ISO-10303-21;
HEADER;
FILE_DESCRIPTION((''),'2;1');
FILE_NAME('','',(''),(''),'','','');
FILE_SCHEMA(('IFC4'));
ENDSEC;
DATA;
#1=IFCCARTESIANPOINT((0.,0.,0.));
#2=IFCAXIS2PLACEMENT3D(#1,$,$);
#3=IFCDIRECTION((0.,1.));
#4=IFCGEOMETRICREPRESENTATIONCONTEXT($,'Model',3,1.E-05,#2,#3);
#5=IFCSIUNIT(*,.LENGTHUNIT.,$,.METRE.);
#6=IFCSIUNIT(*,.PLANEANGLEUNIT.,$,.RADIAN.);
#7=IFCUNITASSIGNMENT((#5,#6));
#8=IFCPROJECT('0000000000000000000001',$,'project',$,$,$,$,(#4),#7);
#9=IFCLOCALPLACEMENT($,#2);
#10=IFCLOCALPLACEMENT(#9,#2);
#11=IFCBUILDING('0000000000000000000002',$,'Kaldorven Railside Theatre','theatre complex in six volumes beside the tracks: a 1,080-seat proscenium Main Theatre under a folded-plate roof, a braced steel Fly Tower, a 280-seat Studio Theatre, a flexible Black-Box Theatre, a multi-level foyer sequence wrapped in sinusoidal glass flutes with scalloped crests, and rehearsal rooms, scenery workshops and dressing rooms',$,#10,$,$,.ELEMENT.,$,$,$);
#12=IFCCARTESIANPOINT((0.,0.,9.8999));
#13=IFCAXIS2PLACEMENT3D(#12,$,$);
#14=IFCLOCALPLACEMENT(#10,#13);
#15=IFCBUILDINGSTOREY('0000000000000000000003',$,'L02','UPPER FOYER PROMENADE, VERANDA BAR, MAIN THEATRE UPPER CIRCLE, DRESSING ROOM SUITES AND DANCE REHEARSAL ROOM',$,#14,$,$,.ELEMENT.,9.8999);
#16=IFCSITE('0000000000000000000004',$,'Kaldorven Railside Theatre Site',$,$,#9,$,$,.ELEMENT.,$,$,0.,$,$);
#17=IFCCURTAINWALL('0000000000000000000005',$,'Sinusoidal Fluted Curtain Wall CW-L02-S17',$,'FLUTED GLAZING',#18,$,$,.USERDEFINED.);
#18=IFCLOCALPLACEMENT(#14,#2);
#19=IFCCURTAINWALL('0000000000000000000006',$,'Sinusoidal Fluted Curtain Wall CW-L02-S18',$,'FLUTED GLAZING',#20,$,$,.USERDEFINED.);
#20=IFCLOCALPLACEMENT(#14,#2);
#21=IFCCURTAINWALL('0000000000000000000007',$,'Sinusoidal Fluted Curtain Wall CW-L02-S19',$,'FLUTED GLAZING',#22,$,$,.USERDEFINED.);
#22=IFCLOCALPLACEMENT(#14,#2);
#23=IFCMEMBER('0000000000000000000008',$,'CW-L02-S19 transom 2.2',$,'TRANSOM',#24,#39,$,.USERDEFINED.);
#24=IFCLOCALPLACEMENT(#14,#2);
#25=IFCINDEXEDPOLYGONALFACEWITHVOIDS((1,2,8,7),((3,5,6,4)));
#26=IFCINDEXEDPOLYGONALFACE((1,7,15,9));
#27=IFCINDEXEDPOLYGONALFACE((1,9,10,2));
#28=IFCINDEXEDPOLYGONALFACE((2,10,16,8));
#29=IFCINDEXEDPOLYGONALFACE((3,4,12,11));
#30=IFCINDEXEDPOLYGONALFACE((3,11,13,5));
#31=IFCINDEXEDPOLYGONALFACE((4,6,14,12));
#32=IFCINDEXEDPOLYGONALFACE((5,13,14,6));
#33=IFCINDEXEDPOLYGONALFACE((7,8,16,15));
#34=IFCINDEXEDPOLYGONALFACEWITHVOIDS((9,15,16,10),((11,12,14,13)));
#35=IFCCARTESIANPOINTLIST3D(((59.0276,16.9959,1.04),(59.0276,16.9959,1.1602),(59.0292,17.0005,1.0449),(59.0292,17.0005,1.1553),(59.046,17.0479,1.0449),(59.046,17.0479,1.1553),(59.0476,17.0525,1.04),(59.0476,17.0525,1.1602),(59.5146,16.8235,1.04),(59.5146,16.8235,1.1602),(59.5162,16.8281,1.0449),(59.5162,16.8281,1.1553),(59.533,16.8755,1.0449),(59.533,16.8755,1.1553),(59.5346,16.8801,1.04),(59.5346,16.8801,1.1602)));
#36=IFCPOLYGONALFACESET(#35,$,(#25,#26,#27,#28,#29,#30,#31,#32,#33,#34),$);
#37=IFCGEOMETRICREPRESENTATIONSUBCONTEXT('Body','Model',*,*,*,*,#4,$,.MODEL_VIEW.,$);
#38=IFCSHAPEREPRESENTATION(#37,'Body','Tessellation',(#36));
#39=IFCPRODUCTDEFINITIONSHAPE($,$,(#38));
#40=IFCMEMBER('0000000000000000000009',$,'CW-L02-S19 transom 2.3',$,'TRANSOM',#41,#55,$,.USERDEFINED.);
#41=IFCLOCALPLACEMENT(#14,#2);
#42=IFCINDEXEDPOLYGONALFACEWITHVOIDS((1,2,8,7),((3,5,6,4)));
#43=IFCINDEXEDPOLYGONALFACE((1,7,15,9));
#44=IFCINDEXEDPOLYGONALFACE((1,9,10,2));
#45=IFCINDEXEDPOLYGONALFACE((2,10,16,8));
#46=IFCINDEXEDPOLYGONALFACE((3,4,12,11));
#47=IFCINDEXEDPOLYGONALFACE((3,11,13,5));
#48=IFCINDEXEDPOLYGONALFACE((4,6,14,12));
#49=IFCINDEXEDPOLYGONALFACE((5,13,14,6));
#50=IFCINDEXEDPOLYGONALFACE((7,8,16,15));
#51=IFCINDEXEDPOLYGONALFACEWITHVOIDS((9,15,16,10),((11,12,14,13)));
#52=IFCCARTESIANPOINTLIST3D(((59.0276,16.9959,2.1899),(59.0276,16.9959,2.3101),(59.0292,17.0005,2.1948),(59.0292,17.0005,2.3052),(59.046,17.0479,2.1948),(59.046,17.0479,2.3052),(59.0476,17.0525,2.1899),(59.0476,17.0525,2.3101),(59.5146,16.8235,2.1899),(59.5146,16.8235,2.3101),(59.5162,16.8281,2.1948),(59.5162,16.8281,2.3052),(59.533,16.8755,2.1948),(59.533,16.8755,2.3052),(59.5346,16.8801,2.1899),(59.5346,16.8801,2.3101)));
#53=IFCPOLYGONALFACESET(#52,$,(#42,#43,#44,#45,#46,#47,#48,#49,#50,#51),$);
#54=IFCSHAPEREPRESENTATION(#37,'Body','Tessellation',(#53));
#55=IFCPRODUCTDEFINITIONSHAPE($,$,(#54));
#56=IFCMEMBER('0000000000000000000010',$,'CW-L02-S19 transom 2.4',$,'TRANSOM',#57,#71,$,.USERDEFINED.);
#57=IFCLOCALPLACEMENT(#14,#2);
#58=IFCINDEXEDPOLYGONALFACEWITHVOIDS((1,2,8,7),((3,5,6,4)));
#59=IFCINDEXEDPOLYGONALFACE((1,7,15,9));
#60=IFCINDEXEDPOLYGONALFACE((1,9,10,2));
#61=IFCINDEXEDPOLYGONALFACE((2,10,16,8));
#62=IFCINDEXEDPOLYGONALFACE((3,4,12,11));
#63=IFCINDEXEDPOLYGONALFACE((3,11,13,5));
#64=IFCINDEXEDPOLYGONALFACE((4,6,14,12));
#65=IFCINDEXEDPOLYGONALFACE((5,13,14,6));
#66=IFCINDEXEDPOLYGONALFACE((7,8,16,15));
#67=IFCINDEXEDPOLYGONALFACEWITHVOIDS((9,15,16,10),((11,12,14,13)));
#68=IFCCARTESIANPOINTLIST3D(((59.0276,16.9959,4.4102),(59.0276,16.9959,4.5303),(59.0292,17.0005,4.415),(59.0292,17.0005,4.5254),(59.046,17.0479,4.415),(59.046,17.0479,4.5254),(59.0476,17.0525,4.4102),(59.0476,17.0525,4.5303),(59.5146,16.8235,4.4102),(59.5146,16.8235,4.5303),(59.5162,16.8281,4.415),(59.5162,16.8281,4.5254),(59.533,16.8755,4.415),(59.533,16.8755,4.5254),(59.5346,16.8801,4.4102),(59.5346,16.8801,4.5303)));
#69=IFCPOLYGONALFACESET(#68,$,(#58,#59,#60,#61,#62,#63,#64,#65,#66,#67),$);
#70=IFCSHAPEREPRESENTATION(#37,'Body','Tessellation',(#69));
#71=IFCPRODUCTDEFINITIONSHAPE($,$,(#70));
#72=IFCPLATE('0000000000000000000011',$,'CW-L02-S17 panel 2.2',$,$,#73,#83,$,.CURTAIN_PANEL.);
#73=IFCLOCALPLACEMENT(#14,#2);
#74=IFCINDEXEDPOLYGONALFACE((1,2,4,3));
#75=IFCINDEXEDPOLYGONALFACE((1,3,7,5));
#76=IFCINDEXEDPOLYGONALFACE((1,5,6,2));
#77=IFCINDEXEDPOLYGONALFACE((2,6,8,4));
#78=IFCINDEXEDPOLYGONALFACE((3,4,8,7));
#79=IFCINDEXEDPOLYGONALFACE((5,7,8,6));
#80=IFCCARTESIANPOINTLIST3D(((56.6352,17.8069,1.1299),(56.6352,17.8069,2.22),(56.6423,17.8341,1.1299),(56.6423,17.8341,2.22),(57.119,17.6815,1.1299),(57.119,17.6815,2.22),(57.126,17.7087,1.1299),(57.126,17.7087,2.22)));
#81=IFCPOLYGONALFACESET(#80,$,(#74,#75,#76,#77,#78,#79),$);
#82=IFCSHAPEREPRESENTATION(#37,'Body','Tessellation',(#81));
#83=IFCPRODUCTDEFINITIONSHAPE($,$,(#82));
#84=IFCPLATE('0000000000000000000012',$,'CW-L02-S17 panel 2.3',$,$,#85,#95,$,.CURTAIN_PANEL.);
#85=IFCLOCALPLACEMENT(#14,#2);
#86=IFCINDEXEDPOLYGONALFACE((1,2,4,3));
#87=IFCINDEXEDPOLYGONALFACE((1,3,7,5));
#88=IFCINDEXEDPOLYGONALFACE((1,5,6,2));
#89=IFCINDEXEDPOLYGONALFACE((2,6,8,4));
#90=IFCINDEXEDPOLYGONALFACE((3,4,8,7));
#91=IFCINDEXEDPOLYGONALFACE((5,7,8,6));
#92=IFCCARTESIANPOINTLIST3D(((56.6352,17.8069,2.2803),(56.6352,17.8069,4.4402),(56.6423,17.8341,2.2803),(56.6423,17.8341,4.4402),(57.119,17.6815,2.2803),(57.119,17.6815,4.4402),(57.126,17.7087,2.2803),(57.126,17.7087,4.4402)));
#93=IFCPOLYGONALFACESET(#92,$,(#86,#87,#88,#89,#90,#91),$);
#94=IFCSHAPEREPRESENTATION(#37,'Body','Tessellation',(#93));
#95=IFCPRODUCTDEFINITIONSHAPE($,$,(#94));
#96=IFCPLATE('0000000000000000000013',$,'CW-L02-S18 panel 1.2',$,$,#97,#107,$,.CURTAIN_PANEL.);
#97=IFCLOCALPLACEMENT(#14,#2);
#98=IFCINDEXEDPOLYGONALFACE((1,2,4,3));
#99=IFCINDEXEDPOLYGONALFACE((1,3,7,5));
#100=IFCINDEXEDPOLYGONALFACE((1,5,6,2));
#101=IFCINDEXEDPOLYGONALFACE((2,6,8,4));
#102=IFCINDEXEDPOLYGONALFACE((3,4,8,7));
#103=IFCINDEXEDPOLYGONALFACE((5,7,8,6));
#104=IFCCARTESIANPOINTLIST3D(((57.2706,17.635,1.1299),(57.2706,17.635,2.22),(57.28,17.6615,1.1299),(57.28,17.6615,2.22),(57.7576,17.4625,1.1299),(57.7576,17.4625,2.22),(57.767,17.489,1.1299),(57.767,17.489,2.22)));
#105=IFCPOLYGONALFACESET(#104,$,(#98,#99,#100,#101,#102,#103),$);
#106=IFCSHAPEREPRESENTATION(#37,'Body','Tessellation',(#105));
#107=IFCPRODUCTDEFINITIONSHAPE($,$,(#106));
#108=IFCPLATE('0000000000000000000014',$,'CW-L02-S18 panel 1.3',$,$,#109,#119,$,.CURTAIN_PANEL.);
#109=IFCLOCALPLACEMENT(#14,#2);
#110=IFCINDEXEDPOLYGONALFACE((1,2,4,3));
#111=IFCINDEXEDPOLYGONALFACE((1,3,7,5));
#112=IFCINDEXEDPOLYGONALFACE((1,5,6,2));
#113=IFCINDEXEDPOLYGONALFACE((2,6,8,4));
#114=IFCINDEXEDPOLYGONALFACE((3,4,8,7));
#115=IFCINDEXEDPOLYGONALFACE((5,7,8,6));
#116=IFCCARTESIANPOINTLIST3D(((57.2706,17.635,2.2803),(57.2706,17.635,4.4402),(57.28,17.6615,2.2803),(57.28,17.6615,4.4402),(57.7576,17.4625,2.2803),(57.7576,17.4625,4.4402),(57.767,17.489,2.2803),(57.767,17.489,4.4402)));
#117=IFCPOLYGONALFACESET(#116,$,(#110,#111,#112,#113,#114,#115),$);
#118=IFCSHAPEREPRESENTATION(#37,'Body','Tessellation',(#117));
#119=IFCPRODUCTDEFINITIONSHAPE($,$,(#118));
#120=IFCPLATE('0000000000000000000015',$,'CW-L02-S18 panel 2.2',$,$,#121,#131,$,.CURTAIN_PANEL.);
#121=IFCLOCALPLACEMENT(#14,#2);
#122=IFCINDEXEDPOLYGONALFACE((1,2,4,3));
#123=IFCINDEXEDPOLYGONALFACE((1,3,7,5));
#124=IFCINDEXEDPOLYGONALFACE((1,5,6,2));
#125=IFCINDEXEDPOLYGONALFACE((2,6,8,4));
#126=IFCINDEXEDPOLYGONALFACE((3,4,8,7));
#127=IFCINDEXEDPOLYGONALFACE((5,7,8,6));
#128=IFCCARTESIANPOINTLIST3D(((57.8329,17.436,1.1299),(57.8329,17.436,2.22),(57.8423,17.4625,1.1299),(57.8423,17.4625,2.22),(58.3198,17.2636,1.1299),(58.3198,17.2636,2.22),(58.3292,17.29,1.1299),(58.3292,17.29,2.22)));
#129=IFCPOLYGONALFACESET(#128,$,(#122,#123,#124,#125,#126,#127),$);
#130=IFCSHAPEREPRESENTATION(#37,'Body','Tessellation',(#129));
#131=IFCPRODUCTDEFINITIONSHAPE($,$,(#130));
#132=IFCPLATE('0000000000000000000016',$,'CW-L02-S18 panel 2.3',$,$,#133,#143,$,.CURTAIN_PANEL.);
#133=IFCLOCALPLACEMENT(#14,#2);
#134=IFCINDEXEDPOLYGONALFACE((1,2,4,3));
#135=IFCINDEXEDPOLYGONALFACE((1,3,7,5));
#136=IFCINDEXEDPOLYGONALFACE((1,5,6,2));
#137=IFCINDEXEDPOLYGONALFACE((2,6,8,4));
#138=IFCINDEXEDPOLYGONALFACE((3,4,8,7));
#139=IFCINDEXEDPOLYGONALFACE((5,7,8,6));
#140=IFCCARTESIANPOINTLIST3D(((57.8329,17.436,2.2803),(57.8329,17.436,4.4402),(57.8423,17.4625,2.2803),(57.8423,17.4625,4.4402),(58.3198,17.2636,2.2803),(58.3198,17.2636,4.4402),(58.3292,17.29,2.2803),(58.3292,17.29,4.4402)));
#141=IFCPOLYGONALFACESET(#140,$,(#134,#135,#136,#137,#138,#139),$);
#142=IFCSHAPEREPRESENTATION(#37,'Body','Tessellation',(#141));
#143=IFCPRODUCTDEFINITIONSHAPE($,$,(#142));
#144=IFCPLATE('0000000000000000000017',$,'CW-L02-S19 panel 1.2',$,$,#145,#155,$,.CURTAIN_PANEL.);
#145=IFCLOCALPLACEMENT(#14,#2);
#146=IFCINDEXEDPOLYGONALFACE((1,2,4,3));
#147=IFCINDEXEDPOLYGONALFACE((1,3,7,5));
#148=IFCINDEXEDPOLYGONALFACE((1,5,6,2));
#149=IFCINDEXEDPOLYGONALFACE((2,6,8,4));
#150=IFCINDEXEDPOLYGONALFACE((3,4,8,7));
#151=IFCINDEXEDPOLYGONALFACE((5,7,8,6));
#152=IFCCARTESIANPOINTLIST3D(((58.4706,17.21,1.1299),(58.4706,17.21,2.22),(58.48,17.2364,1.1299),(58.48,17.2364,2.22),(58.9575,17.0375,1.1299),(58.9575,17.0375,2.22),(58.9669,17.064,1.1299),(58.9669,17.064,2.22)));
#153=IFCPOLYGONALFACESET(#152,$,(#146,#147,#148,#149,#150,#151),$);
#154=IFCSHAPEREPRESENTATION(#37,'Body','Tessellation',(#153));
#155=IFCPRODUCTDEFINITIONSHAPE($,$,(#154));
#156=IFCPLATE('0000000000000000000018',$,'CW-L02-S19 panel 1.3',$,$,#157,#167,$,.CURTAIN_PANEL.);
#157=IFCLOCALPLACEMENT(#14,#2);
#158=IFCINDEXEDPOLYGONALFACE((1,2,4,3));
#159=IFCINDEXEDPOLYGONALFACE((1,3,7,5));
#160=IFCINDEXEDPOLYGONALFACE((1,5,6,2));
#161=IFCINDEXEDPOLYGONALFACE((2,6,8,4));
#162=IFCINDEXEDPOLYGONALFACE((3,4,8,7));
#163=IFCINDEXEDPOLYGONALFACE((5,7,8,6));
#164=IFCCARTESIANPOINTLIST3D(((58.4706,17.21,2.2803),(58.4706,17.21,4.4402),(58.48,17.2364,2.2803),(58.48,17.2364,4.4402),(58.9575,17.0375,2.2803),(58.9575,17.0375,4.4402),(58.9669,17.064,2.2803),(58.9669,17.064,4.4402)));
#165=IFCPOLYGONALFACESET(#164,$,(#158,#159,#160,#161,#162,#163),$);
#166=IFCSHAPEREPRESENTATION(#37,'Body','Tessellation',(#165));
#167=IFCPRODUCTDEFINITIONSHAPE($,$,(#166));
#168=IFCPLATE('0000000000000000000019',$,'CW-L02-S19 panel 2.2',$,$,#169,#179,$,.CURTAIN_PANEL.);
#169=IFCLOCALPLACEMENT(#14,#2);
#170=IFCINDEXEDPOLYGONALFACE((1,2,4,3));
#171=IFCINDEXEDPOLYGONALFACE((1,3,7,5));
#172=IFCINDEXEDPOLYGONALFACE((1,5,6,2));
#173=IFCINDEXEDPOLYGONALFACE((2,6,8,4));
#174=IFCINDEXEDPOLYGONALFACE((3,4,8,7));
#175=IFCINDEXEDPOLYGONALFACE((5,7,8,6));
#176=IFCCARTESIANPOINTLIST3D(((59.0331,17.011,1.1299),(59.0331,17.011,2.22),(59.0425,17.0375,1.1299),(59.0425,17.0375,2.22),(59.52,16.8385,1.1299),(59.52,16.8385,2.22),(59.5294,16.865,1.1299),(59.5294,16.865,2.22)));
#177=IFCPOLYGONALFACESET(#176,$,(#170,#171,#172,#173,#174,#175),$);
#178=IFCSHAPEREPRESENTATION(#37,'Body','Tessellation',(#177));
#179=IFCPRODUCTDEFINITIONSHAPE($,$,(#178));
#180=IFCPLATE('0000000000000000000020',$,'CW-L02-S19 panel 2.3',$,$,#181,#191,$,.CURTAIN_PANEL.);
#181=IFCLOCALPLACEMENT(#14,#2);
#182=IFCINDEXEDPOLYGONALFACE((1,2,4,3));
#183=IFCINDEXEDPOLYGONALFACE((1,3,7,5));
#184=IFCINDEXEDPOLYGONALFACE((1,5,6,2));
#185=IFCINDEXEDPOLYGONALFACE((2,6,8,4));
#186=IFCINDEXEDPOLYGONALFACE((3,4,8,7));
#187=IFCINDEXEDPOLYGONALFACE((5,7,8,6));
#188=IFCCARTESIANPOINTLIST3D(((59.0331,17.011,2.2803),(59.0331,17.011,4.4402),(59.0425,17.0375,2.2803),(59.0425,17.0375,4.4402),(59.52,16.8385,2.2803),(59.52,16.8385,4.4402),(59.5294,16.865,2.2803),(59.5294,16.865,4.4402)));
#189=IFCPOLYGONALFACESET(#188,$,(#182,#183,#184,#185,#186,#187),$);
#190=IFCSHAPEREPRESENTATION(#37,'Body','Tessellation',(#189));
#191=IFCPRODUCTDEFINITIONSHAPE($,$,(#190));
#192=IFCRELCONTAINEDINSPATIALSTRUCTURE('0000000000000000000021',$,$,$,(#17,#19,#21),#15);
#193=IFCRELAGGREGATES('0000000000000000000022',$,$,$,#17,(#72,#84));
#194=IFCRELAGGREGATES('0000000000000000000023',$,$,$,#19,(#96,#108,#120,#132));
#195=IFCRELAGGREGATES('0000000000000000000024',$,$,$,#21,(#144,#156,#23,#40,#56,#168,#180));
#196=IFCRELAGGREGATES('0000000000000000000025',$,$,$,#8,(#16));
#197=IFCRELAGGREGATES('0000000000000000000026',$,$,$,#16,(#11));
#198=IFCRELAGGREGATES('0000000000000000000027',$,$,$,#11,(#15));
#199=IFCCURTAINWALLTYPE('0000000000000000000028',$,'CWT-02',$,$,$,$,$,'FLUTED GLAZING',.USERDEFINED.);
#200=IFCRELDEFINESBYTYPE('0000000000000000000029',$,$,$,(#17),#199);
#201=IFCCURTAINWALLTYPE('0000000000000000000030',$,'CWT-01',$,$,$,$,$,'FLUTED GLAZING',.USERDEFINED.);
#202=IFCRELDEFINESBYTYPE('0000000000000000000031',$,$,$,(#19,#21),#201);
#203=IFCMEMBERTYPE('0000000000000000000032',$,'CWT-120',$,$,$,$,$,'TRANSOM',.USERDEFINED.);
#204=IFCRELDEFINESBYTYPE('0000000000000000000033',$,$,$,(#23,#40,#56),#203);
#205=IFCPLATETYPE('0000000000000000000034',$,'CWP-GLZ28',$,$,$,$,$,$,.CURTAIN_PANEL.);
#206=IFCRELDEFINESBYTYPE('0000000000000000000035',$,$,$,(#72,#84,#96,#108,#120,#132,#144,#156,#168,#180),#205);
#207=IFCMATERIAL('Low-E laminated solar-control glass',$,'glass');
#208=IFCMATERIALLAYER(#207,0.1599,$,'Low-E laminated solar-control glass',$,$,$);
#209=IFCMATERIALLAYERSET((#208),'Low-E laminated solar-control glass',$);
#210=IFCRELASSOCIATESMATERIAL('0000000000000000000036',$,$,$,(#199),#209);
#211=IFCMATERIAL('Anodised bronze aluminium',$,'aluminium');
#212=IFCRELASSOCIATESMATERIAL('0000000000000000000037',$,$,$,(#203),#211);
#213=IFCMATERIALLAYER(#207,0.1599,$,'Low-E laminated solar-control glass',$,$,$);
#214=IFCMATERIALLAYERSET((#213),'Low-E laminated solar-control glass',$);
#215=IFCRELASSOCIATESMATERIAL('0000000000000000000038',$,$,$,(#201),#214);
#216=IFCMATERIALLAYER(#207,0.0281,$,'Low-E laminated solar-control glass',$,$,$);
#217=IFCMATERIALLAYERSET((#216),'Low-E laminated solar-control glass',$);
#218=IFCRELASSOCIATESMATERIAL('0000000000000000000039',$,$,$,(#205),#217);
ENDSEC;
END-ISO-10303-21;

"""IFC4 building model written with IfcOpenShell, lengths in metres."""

from ifc_helpers import new_model, si_unit, direction, frame, origin, origin_2d, place, context, subcontext, project, spatial, rectangle, hollow_rectangle, extrude, material, layer, layer_set, material_profile, profile_set, type_object, element, aggregate, save


model = new_model("IFC4")

# Units and contexts
model_context = context("Model", 3, precision=1e-05, world=origin(), true_north=direction((0.0, 1.0)))
body_context = subcontext(model_context, "Body", "Model", "MODEL_VIEW")
ifc_project = project(units=[si_unit("LENGTHUNIT", "METRE"), si_unit("PLANEANGLEUNIT", "RADIAN")], contexts=[model_context])

# Site, building, storey
site_placement = place(None, origin())
site = spatial("IfcSite", under=ifc_project, at=site_placement, Name="Kaldorven Railside Theatre Site", CompositionType="ELEMENT", RefElevation=0.0)
building_placement = place(site_placement, origin())
building = spatial("IfcBuilding", under=site, at=building_placement, Name="Kaldorven Railside Theatre", Description="theatre complex in six volumes beside the tracks: a 1,080-seat proscenium Main Theatre under a folded-plate roof, a braced steel Fly Tower, a 280-seat Studio Theatre, a flexible Black-Box Theatre, a multi-level foyer sequence wrapped in sinusoidal glass flutes with scalloped crests, and rehearsal rooms, scenery workshops and dressing rooms", CompositionType="ELEMENT")
storey_placement = place(building_placement, frame((0.0, 0.0, 9.8999)))
storey = spatial("IfcBuildingStorey", under=building, at=storey_placement, Name="L02", Description="UPPER FOYER PROMENADE, VERANDA BAR, MAIN THEATRE UPPER CIRCLE, DRESSING ROOM SUITES AND DANCE REHEARSAL ROOM", CompositionType="ELEMENT", Elevation=9.8999)

# Curtain walls, members
ifc_material_1 = material(Name="Low-E laminated solar-control glass", Category="glass")
ifc_layer_1 = layer(ifc_material_1, 0.1599, Name="Low-E laminated solar-control glass")
ifc_layer_set_1 = layer_set([ifc_layer_1], Name="Low-E laminated solar-control glass")
curtain_wall_type_1 = type_object("IfcCurtainWallType", Name="CWT-02", ElementType="FLUTED GLAZING", PredefinedType="USERDEFINED", material=ifc_layer_set_1)
curtain_wall_1_placement = place(storey_placement, origin())
curtain_wall_1 = element("IfcCurtainWall", 1, at=curtain_wall_1_placement, inside=storey, type_object=curtain_wall_type_1, Name="Sinusoidal Fluted Curtain Wall CW-L02-S17", ObjectType="FLUTED GLAZING", PredefinedType="USERDEFINED")
ifc_material_2 = material(Name="Anodised bronze aluminium", Category="aluminium")
ifc_material_profile = material_profile(ifc_material_2, hollow_rectangle(XDim=0.0601, YDim=0.1201, WallThickness=0.0049, at=origin_2d()), Name="RHS 120x60x5")
ifc_profile_set = profile_set([ifc_material_profile], Name="Anodised bronze aluminium")
member_type = type_object("IfcMemberType", Name="CWT-120", ElementType="TRANSOM", PredefinedType="USERDEFINED", material=ifc_profile_set)
ifc_layer_2 = layer(ifc_material_1, 0.1599, Name="Low-E laminated solar-control glass")
ifc_layer_set_2 = layer_set([ifc_layer_2], Name="Low-E laminated solar-control glass")
curtain_wall_type_2 = type_object("IfcCurtainWallType", Name="CWT-01", ElementType="FLUTED GLAZING", PredefinedType="USERDEFINED", material=ifc_layer_set_2)
curtain_wall_2_placement = place(storey_placement, origin())
curtain_wall_2 = element("IfcCurtainWall", 2, at=curtain_wall_2_placement, inside=storey, type_object=curtain_wall_type_2, Name="Sinusoidal Fluted Curtain Wall CW-L02-S18", ObjectType="FLUTED GLAZING", PredefinedType="USERDEFINED")
curtain_wall_3_placement = place(storey_placement, origin())
curtain_wall_3 = element("IfcCurtainWall", 3, at=curtain_wall_3_placement, inside=storey, type_object=curtain_wall_type_2, Name="Sinusoidal Fluted Curtain Wall CW-L02-S19", ObjectType="FLUTED GLAZING", PredefinedType="USERDEFINED")
member_1_placement = place(storey_placement, frame((59.0376, 17.0242, 1.1001), z_axis=(0.942711, -0.333611, 0.0), x_axis=(0.333611, 0.942711, 0.0)))
member_1 = element("IfcMember", 4, at=member_1_placement, type_object=member_type, Name="CW-L02-S19 transom 2.2", ObjectType="TRANSOM", PredefinedType="USERDEFINED", context=body_context, shape_type="SweptSolid", body=[
    extrude(hollow_rectangle(XDim=0.0601, YDim=0.1201, WallThickness=0.0049, at=origin_2d()), origin(), (0.0, 0.0, 1.0), 0.5166),
])
member_2_placement = place(storey_placement, frame((59.0376, 17.0242, 2.25), z_axis=(0.942711, -0.333611, 0.0), x_axis=(0.333611, 0.942711, 0.0)))
member_2 = element("IfcMember", 5, at=member_2_placement, type_object=member_type, Name="CW-L02-S19 transom 2.3", ObjectType="TRANSOM", PredefinedType="USERDEFINED", context=body_context, shape_type="SweptSolid", body=[
    extrude(hollow_rectangle(XDim=0.0601, YDim=0.1201, WallThickness=0.0049, at=origin_2d()), origin(), (0.0, 0.0, 1.0), 0.5166),
])
member_3_placement = place(storey_placement, frame((59.0376, 17.0242, 4.4702), z_axis=(0.942711, -0.333611, 0.0), x_axis=(0.333611, 0.942711, 0.0)))
member_3 = element("IfcMember", 6, at=member_3_placement, type_object=member_type, Name="CW-L02-S19 transom 2.4", ObjectType="TRANSOM", PredefinedType="USERDEFINED", context=body_context, shape_type="SweptSolid", body=[
    extrude(hollow_rectangle(XDim=0.0601, YDim=0.1201, WallThickness=0.0049, at=origin_2d()), origin(), (0.0, 0.0, 1.0), 0.5166),
])

# Plates
ifc_layer_3 = layer(ifc_material_1, 0.0281, Name="Low-E laminated solar-control glass")
ifc_layer_set_3 = layer_set([ifc_layer_3], Name="Low-E laminated solar-control glass")
plate_type = type_object("IfcPlateType", Name="CWP-GLZ28", PredefinedType="CURTAIN_PANEL", material=ifc_layer_set_3)
plate_1_placement = place(storey_placement, frame((56.8806, 17.7578, 1.1299), z_axis=(0.0, 0.0, 1.0), x_axis=(0.967999, -0.250954, 0.0)))
plate_1 = element("IfcPlate", 7, at=plate_1_placement, type_object=plate_type, Name="CW-L02-S17 panel 2.2", PredefinedType="CURTAIN_PANEL", context=body_context, shape_type="SweptSolid", body=[
    extrude(rectangle(XDim=0.4998, YDim=0.0281, at=origin_2d()), origin(), (0.0, 0.0, 1.0), 1.0901),
])
plate_2_placement = place(storey_placement, frame((56.8806, 17.7578, 2.2803), z_axis=(0.0, 0.0, 1.0), x_axis=(0.967999, -0.250954, 0.0)))
plate_2 = element("IfcPlate", 8, at=plate_2_placement, type_object=plate_type, Name="CW-L02-S17 panel 2.3", PredefinedType="CURTAIN_PANEL", context=body_context, shape_type="SweptSolid", body=[
    extrude(rectangle(XDim=0.4998, YDim=0.0281, at=origin_2d()), origin(), (0.0, 0.0, 1.0), 2.1599),
])
aggregate(curtain_wall_1, [plate_1, plate_2])
plate_3_placement = place(storey_placement, frame((57.5188, 17.562, 1.1299), z_axis=(0.0, 0.0, 1.0), x_axis=(0.942627, -0.333847, 0.0)))
plate_3 = element("IfcPlate", 9, at=plate_3_placement, type_object=plate_type, Name="CW-L02-S18 panel 1.2", PredefinedType="CURTAIN_PANEL", context=body_context, shape_type="SweptSolid", body=[
    extrude(rectangle(XDim=0.5166, YDim=0.0281, at=origin_2d()), origin(), (0.0, 0.0, 1.0), 1.0901),
])
plate_4_placement = place(storey_placement, frame((57.5188, 17.562, 2.2803), z_axis=(0.0, 0.0, 1.0), x_axis=(0.942627, -0.333847, 0.0)))
plate_4 = element("IfcPlate", 10, at=plate_4_placement, type_object=plate_type, Name="CW-L02-S18 panel 1.3", PredefinedType="CURTAIN_PANEL", context=body_context, shape_type="SweptSolid", body=[
    extrude(rectangle(XDim=0.5166, YDim=0.0281, at=origin_2d()), origin(), (0.0, 0.0, 1.0), 2.1599),
])
plate_5_placement = place(storey_placement, frame((58.0811, 17.363, 1.1299), z_axis=(0.0, 0.0, 1.0), x_axis=(0.942627, -0.333847, 0.0)))
plate_5 = element("IfcPlate", 11, at=plate_5_placement, type_object=plate_type, Name="CW-L02-S18 panel 2.2", PredefinedType="CURTAIN_PANEL", context=body_context, shape_type="SweptSolid", body=[
    extrude(rectangle(XDim=0.5166, YDim=0.0281, at=origin_2d()), origin(), (0.0, 0.0, 1.0), 1.0901),
])
plate_6_placement = place(storey_placement, frame((58.0811, 17.363, 2.2803), z_axis=(0.0, 0.0, 1.0), x_axis=(0.942627, -0.333847, 0.0)))
plate_6 = element("IfcPlate", 12, at=plate_6_placement, type_object=plate_type, Name="CW-L02-S18 panel 2.3", PredefinedType="CURTAIN_PANEL", context=body_context, shape_type="SweptSolid", body=[
    extrude(rectangle(XDim=0.5166, YDim=0.0281, at=origin_2d()), origin(), (0.0, 0.0, 1.0), 2.1599),
])
aggregate(curtain_wall_2, [plate_3, plate_4, plate_5, plate_6])
plate_7_placement = place(storey_placement, frame((58.7188, 17.137, 1.1299), z_axis=(0.0, 0.0, 1.0), x_axis=(0.942627, -0.333847, 0.0)))
plate_7 = element("IfcPlate", 13, at=plate_7_placement, type_object=plate_type, Name="CW-L02-S19 panel 1.2", PredefinedType="CURTAIN_PANEL", context=body_context, shape_type="SweptSolid", body=[
    extrude(rectangle(XDim=0.5166, YDim=0.0281, at=origin_2d()), origin(), (0.0, 0.0, 1.0), 1.0901),
])
plate_8_placement = place(storey_placement, frame((58.7188, 17.137, 2.2803), z_axis=(0.0, 0.0, 1.0), x_axis=(0.942627, -0.333847, 0.0)))
plate_8 = element("IfcPlate", 14, at=plate_8_placement, type_object=plate_type, Name="CW-L02-S19 panel 1.3", PredefinedType="CURTAIN_PANEL", context=body_context, shape_type="SweptSolid", body=[
    extrude(rectangle(XDim=0.5166, YDim=0.0281, at=origin_2d()), origin(), (0.0, 0.0, 1.0), 2.1599),
])
plate_9_placement = place(storey_placement, frame((59.2812, 16.938, 1.1299), z_axis=(0.0, 0.0, 1.0), x_axis=(0.942627, -0.333847, 0.0)))
plate_9 = element("IfcPlate", 15, at=plate_9_placement, type_object=plate_type, Name="CW-L02-S19 panel 2.2", PredefinedType="CURTAIN_PANEL", context=body_context, shape_type="SweptSolid", body=[
    extrude(rectangle(XDim=0.5166, YDim=0.0281, at=origin_2d()), origin(), (0.0, 0.0, 1.0), 1.0901),
])
plate_10_placement = place(storey_placement, frame((59.2812, 16.938, 2.2803), z_axis=(0.0, 0.0, 1.0), x_axis=(0.942627, -0.333847, 0.0)))
plate_10 = element("IfcPlate", 16, at=plate_10_placement, type_object=plate_type, Name="CW-L02-S19 panel 2.3", PredefinedType="CURTAIN_PANEL", context=body_context, shape_type="SweptSolid", body=[
    extrude(rectangle(XDim=0.5166, YDim=0.0281, at=origin_2d()), origin(), (0.0, 0.0, 1.0), 2.1599),
])
aggregate(curtain_wall_3, [plate_7, plate_8, member_1, member_2, member_3, plate_9, plate_10])

save(model, "model.ifc")
